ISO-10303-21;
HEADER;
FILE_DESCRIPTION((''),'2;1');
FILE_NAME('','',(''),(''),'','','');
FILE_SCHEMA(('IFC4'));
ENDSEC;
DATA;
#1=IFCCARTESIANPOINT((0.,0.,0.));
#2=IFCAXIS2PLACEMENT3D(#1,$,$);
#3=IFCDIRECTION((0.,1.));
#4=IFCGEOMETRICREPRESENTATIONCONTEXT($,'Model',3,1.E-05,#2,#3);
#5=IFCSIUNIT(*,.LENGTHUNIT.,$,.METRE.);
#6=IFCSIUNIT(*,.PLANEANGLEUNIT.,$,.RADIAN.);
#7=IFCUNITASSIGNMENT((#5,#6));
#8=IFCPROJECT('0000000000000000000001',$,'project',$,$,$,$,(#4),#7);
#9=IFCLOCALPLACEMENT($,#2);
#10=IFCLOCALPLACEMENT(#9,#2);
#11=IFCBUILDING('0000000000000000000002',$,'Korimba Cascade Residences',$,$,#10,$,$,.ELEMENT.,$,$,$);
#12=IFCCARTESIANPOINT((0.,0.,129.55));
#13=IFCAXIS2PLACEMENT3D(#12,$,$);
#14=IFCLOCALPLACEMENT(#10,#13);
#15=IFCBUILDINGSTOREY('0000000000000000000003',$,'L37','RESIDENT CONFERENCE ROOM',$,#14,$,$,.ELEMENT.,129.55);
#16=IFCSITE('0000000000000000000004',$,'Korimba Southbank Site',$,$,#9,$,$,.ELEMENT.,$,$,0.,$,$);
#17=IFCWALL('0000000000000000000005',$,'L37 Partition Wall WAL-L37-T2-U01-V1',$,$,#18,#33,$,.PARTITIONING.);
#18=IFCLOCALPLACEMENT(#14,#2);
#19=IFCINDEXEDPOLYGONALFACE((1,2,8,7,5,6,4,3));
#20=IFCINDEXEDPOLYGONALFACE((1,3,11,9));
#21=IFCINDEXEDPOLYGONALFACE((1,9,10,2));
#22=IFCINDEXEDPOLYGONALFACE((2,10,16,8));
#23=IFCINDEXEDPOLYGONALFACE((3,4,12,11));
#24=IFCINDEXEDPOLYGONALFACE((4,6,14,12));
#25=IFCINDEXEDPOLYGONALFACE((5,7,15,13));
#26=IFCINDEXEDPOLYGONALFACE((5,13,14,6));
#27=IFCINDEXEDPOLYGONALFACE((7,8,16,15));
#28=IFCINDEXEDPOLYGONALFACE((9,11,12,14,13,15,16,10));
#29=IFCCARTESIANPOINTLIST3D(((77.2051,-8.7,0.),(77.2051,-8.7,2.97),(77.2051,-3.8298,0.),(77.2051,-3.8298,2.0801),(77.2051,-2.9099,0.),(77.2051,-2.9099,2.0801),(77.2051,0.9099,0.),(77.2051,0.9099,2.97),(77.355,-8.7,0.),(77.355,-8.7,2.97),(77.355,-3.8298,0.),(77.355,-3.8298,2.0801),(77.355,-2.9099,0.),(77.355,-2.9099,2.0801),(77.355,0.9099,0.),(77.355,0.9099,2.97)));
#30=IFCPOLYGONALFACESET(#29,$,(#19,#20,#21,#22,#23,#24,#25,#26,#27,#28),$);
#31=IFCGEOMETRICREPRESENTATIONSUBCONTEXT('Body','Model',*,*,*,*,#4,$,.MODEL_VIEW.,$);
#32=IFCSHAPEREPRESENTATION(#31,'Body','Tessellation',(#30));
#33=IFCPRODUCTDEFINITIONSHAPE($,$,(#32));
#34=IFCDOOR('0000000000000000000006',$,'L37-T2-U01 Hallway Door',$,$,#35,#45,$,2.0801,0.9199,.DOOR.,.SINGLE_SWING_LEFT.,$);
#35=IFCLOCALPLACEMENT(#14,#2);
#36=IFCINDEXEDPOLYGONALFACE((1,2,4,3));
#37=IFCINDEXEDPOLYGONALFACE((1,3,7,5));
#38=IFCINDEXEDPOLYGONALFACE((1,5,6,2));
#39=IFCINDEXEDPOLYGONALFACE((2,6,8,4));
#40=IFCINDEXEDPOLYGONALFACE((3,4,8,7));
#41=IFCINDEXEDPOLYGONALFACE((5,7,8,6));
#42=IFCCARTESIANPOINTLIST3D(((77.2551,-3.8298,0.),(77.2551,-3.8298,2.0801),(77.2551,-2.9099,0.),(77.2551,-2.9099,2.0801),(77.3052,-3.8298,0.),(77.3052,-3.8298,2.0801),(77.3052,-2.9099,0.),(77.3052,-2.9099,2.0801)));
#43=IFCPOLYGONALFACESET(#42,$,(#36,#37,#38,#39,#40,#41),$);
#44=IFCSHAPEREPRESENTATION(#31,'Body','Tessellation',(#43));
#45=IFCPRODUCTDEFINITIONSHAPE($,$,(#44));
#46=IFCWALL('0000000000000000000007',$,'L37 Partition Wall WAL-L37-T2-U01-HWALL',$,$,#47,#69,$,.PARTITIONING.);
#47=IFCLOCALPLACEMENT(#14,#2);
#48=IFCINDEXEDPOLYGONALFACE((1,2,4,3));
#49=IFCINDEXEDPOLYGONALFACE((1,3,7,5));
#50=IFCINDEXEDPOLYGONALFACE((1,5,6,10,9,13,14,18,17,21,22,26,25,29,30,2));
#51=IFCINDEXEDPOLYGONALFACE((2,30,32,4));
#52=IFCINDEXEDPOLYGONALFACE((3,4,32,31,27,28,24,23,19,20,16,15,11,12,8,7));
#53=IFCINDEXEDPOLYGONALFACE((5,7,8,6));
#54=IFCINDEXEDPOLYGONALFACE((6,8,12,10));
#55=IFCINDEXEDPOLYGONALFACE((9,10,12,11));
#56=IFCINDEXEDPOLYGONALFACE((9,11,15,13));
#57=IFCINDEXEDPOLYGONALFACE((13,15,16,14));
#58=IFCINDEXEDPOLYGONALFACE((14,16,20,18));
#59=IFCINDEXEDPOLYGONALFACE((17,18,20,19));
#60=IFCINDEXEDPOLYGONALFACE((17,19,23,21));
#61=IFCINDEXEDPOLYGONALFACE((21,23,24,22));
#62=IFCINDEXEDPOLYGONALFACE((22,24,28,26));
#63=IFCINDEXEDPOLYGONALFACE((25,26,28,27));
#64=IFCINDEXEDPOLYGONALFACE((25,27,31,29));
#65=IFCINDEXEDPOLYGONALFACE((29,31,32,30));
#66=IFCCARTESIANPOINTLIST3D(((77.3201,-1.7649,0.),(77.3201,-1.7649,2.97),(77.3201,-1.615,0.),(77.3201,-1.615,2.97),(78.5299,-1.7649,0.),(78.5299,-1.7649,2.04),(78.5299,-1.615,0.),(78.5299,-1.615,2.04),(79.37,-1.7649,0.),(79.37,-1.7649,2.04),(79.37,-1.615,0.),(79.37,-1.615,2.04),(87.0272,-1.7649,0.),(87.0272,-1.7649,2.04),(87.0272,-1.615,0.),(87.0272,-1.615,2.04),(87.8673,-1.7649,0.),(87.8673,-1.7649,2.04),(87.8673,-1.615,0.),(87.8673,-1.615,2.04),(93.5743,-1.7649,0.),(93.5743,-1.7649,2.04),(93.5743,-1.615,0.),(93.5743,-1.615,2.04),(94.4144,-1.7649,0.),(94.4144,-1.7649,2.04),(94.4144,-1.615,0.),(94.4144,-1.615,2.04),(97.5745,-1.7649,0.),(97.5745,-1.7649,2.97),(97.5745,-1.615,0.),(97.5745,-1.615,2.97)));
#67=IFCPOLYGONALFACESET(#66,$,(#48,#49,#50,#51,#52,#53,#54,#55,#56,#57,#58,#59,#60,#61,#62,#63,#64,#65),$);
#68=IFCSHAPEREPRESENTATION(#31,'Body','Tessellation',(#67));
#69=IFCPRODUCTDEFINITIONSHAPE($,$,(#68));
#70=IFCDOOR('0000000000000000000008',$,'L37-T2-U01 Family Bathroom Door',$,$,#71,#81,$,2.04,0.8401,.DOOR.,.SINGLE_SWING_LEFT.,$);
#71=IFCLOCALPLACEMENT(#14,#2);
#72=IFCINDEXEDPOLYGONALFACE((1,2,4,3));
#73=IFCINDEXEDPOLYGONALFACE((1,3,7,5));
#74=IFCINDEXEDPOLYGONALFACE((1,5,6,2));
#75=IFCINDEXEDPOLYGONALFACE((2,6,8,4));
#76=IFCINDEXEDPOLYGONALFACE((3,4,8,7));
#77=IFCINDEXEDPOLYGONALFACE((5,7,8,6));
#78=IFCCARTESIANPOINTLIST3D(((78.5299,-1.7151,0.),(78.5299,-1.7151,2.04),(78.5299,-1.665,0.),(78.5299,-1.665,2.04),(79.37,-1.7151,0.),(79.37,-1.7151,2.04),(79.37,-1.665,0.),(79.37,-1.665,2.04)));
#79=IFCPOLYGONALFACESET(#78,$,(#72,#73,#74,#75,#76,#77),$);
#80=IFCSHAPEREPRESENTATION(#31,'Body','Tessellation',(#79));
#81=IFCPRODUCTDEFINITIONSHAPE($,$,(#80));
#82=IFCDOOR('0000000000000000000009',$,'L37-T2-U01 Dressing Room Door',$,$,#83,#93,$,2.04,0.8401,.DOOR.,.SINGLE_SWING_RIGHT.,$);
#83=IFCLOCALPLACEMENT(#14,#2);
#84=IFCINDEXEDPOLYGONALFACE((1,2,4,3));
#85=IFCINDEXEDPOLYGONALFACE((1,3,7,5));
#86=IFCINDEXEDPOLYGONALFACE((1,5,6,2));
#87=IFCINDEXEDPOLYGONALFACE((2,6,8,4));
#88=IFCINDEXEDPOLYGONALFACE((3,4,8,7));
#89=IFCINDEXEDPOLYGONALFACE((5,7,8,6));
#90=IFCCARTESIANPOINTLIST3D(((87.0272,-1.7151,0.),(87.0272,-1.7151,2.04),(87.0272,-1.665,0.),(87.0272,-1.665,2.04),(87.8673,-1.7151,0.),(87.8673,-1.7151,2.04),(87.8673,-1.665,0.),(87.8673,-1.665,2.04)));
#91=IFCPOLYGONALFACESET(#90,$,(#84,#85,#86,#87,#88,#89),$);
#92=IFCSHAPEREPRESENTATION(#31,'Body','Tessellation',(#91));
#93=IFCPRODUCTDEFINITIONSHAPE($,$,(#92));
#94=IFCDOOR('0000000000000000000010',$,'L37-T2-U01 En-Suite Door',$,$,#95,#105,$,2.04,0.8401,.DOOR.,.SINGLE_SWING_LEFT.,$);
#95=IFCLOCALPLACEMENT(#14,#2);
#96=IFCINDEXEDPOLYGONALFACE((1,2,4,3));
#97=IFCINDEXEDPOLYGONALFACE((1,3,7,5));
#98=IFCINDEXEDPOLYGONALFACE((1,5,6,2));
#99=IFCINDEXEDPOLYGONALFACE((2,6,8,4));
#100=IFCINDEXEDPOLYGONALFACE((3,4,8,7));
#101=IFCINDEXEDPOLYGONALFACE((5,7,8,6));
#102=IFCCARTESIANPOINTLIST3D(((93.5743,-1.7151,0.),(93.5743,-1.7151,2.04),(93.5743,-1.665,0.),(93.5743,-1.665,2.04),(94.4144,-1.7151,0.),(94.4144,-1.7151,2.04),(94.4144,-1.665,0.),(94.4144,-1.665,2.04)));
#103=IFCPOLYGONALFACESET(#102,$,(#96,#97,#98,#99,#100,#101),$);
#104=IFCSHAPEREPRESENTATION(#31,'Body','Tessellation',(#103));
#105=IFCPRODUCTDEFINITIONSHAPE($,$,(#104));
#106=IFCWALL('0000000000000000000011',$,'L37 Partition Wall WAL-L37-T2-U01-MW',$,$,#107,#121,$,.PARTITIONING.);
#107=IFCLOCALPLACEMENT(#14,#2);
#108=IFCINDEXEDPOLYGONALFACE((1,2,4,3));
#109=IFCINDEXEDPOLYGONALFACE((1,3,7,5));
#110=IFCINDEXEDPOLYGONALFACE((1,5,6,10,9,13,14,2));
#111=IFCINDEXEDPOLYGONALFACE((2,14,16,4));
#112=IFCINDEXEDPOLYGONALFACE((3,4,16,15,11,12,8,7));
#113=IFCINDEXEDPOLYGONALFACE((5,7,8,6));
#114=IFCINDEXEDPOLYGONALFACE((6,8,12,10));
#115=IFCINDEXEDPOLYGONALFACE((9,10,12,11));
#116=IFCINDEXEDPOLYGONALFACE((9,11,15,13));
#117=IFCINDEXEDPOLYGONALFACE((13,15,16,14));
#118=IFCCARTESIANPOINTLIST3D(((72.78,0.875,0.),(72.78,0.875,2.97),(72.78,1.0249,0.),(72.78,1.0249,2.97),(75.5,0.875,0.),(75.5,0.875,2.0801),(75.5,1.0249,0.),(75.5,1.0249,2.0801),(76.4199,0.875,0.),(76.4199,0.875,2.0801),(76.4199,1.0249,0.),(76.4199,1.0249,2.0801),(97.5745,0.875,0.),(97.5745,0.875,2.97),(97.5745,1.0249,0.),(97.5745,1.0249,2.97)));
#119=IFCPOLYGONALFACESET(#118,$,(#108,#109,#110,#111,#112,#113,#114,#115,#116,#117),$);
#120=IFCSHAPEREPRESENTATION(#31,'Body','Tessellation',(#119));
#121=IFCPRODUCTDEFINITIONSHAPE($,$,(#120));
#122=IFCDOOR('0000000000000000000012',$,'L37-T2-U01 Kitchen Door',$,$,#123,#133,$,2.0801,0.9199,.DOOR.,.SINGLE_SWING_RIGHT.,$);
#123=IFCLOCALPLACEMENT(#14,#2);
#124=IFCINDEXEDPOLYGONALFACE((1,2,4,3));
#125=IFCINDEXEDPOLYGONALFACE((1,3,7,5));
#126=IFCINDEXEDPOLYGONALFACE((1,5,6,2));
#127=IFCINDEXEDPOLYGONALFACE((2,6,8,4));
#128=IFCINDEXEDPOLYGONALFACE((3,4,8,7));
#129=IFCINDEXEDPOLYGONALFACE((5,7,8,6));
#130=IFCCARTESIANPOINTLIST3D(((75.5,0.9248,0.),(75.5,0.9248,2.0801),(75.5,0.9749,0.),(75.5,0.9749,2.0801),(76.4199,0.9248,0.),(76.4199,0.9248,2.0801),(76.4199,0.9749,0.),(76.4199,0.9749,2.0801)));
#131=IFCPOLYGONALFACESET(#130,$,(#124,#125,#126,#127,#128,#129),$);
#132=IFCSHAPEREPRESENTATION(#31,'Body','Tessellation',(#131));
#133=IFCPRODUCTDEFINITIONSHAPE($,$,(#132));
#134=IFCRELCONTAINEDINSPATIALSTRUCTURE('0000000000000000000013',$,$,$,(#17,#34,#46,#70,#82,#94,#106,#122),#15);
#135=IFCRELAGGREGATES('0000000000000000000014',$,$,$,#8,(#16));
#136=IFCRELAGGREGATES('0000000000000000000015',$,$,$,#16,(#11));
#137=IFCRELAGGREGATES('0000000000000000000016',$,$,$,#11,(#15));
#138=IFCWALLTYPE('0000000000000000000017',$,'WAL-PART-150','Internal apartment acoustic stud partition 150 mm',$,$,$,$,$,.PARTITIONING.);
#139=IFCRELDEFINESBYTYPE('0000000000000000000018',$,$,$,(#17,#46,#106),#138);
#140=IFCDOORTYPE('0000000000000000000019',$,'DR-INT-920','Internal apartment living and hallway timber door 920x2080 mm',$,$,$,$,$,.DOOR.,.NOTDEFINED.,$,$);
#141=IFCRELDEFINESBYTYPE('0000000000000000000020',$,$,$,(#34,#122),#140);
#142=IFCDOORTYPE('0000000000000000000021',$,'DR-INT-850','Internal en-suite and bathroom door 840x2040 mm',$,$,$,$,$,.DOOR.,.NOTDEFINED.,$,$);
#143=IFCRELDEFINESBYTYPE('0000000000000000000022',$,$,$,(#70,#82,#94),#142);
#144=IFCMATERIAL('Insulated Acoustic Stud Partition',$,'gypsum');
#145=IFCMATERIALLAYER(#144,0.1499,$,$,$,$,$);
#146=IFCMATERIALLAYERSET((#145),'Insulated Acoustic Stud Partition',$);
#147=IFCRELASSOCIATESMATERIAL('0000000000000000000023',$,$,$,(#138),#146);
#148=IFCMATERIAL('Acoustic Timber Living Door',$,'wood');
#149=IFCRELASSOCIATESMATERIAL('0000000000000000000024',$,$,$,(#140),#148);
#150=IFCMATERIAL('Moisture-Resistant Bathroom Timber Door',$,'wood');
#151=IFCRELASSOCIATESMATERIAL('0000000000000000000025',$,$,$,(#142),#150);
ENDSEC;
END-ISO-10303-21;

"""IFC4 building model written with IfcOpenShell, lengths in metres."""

from ifc_helpers import new_model, si_unit, direction, frame, frame_2d, origin, place, context, subcontext, project, spatial, rectangle, extrude, material, layer, layer_set, type_object, element, fill, save


model = new_model("IFC4")

# Units and contexts
model_context = context("Model", 3, precision=1e-05, world=origin(), true_north=direction((0.0, 1.0)))
body_context = subcontext(model_context, "Body", "Model", "MODEL_VIEW")
ifc_project = project(units=[si_unit("LENGTHUNIT", "METRE"), si_unit("PLANEANGLEUNIT", "RADIAN")], contexts=[model_context])

# Site, building, storey
site_placement = place(None, origin())
site = spatial("IfcSite", under=ifc_project, at=site_placement, Name="Korimba Southbank Site", CompositionType="ELEMENT", RefElevation=0.0)
building_placement = place(site_placement, origin())
building = spatial("IfcBuilding", under=site, at=building_placement, Name="Korimba Cascade Residences", CompositionType="ELEMENT")
storey_placement = place(building_placement, frame((0.0, 0.0, 129.55)))
storey = spatial("IfcBuildingStorey", under=building, at=storey_placement, Name="L37", Description="RESIDENT CONFERENCE ROOM", CompositionType="ELEMENT", Elevation=129.55)

# Wall, opening, door
ifc_material_1 = material(Name="Insulated Acoustic Stud Partition", Category="gypsum")
ifc_layer_1 = layer(ifc_material_1, 0.1499)
ifc_layer_set_1 = layer_set([ifc_layer_1], Name="Insulated Acoustic Stud Partition")
wall_type_1 = type_object("IfcWallType", Name="WAL-PART-150", Description="Internal apartment acoustic stud partition 150 mm", PredefinedType="PARTITIONING", material=ifc_layer_set_1)
wall_1_placement = place(storey_placement, frame((77.28, -8.7, 0.0), z_axis=(0.0, 0.0, 1.0), x_axis=(0.0, 1.0, 0.0)))
wall_1 = element("IfcWall", 1, at=wall_1_placement, inside=storey, type_object=wall_type_1, Name="L37 Partition Wall WAL-L37-T2-U01-V1", PredefinedType="PARTITIONING", context=body_context, shape_type="SweptSolid", body=[
    extrude(rectangle(XDim=9.6099, YDim=0.1499, at=frame_2d((4.8049, 0.0))), origin(), (0.0, 0.0, 1.0), 2.97),
])
opening_1_placement = place(wall_1_placement, frame((4.8701, 0.0, 0.0)))
opening_1 = element("IfcOpeningElement", 2, at=opening_1_placement, cuts=wall_1, PredefinedType="OPENING", context=body_context, shape_type="SweptSolid", body=[
    extrude(rectangle(XDim=0.9199, YDim=2.0801, at=frame_2d((0.46, 1.04))), frame((0.0, 0.085, 0.0), z_axis=(0.0, -1.0, 0.0), x_axis=(1.0, 0.0, 0.0)), (0.0, 0.0, 1.0), 0.1699),
])
ifc_material_2 = material(Name="Acoustic Timber Living Door", Category="wood")
door_type_1 = type_object("IfcDoorType", Name="DR-INT-920", Description="Internal apartment living and hallway timber door 920x2080 mm", OperationType="NOTDEFINED", PredefinedType="DOOR", material=ifc_material_2)
door_1_placement = place(opening_1_placement, origin())
door_1 = element("IfcDoor", 3, at=door_1_placement, inside=storey, type_object=door_type_1, Name="L37-T2-U01 Hallway Door", OperationType="SINGLE_SWING_LEFT", OverallHeight=2.0801, OverallWidth=0.9199, PredefinedType="DOOR", context=body_context, shape_type="SweptSolid", body=[
    extrude(rectangle(XDim=0.9199, YDim=2.0801, at=frame_2d((0.46, 1.04))), frame((0.0, 0.0249, 0.0), z_axis=(0.0, -1.0, 0.0), x_axis=(1.0, 0.0, 0.0)), (0.0, 0.0, 1.0), 0.05),
])
fill(opening_1, door_1)

# Wall, openings, doors
wall_2_placement = place(storey_placement, frame((77.3201, -1.6899, 0.0), z_axis=(0.0, 0.0, 1.0), x_axis=(1.0, 0.0, 0.0)))
wall_2 = element("IfcWall", 4, at=wall_2_placement, inside=storey, type_object=wall_type_1, Name="L37 Partition Wall WAL-L37-T2-U01-HWALL", PredefinedType="PARTITIONING", context=body_context, shape_type="SweptSolid", body=[
    extrude(rectangle(XDim=20.2544, YDim=0.1499, at=frame_2d((10.1272, 0.0))), origin(), (0.0, 0.0, 1.0), 2.97),
])
opening_2_placement = place(wall_2_placement, frame((1.21, 0.0, 0.0)))
opening_2 = element("IfcOpeningElement", 5, at=opening_2_placement, cuts=wall_2, PredefinedType="OPENING", context=body_context, shape_type="SweptSolid", body=[
    extrude(rectangle(XDim=0.8401, YDim=2.04, at=frame_2d((0.4199, 1.02))), frame((0.0, 0.085, 0.0), z_axis=(0.0, -1.0, 0.0), x_axis=(1.0, 0.0, 0.0)), (0.0, 0.0, 1.0), 0.1699),
])
opening_3_placement = place(wall_2_placement, frame((9.7073, 0.0, 0.0)))
opening_3 = element("IfcOpeningElement", 6, at=opening_3_placement, cuts=wall_2, PredefinedType="OPENING", context=body_context, shape_type="SweptSolid", body=[
    extrude(rectangle(XDim=0.8401, YDim=2.04, at=frame_2d((0.4199, 1.02))), frame((0.0, 0.085, 0.0), z_axis=(0.0, -1.0, 0.0), x_axis=(1.0, 0.0, 0.0)), (0.0, 0.0, 1.0), 0.1699),
])
opening_4_placement = place(wall_2_placement, frame((16.2544, 0.0, 0.0)))
opening_4 = element("IfcOpeningElement", 7, at=opening_4_placement, cuts=wall_2, PredefinedType="OPENING", context=body_context, shape_type="SweptSolid", body=[
    extrude(rectangle(XDim=0.8401, YDim=2.04, at=frame_2d((0.4199, 1.02))), frame((0.0, 0.085, 0.0), z_axis=(0.0, -1.0, 0.0), x_axis=(1.0, 0.0, 0.0)), (0.0, 0.0, 1.0), 0.1699),
])
ifc_material_3 = material(Name="Moisture-Resistant Bathroom Timber Door", Category="wood")
door_type_2 = type_object("IfcDoorType", Name="DR-INT-850", Description="Internal en-suite and bathroom door 840x2040 mm", OperationType="NOTDEFINED", PredefinedType="DOOR", material=ifc_material_3)
door_2_placement = place(opening_2_placement, origin())
door_2 = element("IfcDoor", 8, at=door_2_placement, inside=storey, type_object=door_type_2, Name="L37-T2-U01 Family Bathroom Door", OperationType="SINGLE_SWING_LEFT", OverallHeight=2.04, OverallWidth=0.8401, PredefinedType="DOOR", context=body_context, shape_type="SweptSolid", body=[
    extrude(rectangle(XDim=0.8401, YDim=2.04, at=frame_2d((0.4199, 1.02))), frame((0.0, 0.0249, 0.0), z_axis=(0.0, -1.0, 0.0), x_axis=(1.0, 0.0, 0.0)), (0.0, 0.0, 1.0), 0.05),
])
fill(opening_2, door_2)
door_3_placement = place(opening_3_placement, origin())
door_3 = element("IfcDoor", 9, at=door_3_placement, inside=storey, type_object=door_type_2, Name="L37-T2-U01 Dressing Room Door", OperationType="SINGLE_SWING_RIGHT", OverallHeight=2.04, OverallWidth=0.8401, PredefinedType="DOOR", context=body_context, shape_type="SweptSolid", body=[
    extrude(rectangle(XDim=0.8401, YDim=2.04, at=frame_2d((0.4199, 1.02))), frame((0.0, 0.0249, 0.0), z_axis=(0.0, -1.0, 0.0), x_axis=(1.0, 0.0, 0.0)), (0.0, 0.0, 1.0), 0.05),
])
fill(opening_3, door_3)
door_4_placement = place(opening_4_placement, origin())
door_4 = element("IfcDoor", 10, at=door_4_placement, inside=storey, type_object=door_type_2, Name="L37-T2-U01 En-Suite Door", OperationType="SINGLE_SWING_LEFT", OverallHeight=2.04, OverallWidth=0.8401, PredefinedType="DOOR", context=body_context, shape_type="SweptSolid", body=[
    extrude(rectangle(XDim=0.8401, YDim=2.04, at=frame_2d((0.4199, 1.02))), frame((0.0, 0.0249, 0.0), z_axis=(0.0, -1.0, 0.0), x_axis=(1.0, 0.0, 0.0)), (0.0, 0.0, 1.0), 0.05),
])
fill(opening_4, door_4)

# Wall, opening, door
wall_3_placement = place(storey_placement, frame((72.78, 0.95, 0.0), z_axis=(0.0, 0.0, 1.0), x_axis=(1.0, 0.0, 0.0)))
wall_3 = element("IfcWall", 11, at=wall_3_placement, inside=storey, type_object=wall_type_1, Name="L37 Partition Wall WAL-L37-T2-U01-MW", PredefinedType="PARTITIONING", context=body_context, shape_type="SweptSolid", body=[
    extrude(rectangle(XDim=24.7944, YDim=0.1499, at=frame_2d((12.3972, 0.0))), origin(), (0.0, 0.0, 1.0), 2.97),
])
opening_5_placement = place(wall_3_placement, frame((2.72, 0.0, 0.0)))
opening_5 = element("IfcOpeningElement", 12, at=opening_5_placement, cuts=wall_3, PredefinedType="OPENING", context=body_context, shape_type="SweptSolid", body=[
    extrude(rectangle(XDim=0.9199, YDim=2.0801, at=frame_2d((0.46, 1.04))), frame((0.0, 0.085, 0.0), z_axis=(0.0, -1.0, 0.0), x_axis=(1.0, 0.0, 0.0)), (0.0, 0.0, 1.0), 0.1699),
])
door_5_placement = place(opening_5_placement, origin())
door_5 = element("IfcDoor", 13, at=door_5_placement, inside=storey, type_object=door_type_1, Name="L37-T2-U01 Kitchen Door", OperationType="SINGLE_SWING_RIGHT", OverallHeight=2.0801, OverallWidth=0.9199, PredefinedType="DOOR", context=body_context, shape_type="SweptSolid", body=[
    extrude(rectangle(XDim=0.9199, YDim=2.0801, at=frame_2d((0.46, 1.04))), frame((0.0, 0.0249, 0.0), z_axis=(0.0, -1.0, 0.0), x_axis=(1.0, 0.0, 0.0)), (0.0, 0.0, 1.0), 0.05),
])
fill(opening_5, door_5)

save(model, "model.ifc")
